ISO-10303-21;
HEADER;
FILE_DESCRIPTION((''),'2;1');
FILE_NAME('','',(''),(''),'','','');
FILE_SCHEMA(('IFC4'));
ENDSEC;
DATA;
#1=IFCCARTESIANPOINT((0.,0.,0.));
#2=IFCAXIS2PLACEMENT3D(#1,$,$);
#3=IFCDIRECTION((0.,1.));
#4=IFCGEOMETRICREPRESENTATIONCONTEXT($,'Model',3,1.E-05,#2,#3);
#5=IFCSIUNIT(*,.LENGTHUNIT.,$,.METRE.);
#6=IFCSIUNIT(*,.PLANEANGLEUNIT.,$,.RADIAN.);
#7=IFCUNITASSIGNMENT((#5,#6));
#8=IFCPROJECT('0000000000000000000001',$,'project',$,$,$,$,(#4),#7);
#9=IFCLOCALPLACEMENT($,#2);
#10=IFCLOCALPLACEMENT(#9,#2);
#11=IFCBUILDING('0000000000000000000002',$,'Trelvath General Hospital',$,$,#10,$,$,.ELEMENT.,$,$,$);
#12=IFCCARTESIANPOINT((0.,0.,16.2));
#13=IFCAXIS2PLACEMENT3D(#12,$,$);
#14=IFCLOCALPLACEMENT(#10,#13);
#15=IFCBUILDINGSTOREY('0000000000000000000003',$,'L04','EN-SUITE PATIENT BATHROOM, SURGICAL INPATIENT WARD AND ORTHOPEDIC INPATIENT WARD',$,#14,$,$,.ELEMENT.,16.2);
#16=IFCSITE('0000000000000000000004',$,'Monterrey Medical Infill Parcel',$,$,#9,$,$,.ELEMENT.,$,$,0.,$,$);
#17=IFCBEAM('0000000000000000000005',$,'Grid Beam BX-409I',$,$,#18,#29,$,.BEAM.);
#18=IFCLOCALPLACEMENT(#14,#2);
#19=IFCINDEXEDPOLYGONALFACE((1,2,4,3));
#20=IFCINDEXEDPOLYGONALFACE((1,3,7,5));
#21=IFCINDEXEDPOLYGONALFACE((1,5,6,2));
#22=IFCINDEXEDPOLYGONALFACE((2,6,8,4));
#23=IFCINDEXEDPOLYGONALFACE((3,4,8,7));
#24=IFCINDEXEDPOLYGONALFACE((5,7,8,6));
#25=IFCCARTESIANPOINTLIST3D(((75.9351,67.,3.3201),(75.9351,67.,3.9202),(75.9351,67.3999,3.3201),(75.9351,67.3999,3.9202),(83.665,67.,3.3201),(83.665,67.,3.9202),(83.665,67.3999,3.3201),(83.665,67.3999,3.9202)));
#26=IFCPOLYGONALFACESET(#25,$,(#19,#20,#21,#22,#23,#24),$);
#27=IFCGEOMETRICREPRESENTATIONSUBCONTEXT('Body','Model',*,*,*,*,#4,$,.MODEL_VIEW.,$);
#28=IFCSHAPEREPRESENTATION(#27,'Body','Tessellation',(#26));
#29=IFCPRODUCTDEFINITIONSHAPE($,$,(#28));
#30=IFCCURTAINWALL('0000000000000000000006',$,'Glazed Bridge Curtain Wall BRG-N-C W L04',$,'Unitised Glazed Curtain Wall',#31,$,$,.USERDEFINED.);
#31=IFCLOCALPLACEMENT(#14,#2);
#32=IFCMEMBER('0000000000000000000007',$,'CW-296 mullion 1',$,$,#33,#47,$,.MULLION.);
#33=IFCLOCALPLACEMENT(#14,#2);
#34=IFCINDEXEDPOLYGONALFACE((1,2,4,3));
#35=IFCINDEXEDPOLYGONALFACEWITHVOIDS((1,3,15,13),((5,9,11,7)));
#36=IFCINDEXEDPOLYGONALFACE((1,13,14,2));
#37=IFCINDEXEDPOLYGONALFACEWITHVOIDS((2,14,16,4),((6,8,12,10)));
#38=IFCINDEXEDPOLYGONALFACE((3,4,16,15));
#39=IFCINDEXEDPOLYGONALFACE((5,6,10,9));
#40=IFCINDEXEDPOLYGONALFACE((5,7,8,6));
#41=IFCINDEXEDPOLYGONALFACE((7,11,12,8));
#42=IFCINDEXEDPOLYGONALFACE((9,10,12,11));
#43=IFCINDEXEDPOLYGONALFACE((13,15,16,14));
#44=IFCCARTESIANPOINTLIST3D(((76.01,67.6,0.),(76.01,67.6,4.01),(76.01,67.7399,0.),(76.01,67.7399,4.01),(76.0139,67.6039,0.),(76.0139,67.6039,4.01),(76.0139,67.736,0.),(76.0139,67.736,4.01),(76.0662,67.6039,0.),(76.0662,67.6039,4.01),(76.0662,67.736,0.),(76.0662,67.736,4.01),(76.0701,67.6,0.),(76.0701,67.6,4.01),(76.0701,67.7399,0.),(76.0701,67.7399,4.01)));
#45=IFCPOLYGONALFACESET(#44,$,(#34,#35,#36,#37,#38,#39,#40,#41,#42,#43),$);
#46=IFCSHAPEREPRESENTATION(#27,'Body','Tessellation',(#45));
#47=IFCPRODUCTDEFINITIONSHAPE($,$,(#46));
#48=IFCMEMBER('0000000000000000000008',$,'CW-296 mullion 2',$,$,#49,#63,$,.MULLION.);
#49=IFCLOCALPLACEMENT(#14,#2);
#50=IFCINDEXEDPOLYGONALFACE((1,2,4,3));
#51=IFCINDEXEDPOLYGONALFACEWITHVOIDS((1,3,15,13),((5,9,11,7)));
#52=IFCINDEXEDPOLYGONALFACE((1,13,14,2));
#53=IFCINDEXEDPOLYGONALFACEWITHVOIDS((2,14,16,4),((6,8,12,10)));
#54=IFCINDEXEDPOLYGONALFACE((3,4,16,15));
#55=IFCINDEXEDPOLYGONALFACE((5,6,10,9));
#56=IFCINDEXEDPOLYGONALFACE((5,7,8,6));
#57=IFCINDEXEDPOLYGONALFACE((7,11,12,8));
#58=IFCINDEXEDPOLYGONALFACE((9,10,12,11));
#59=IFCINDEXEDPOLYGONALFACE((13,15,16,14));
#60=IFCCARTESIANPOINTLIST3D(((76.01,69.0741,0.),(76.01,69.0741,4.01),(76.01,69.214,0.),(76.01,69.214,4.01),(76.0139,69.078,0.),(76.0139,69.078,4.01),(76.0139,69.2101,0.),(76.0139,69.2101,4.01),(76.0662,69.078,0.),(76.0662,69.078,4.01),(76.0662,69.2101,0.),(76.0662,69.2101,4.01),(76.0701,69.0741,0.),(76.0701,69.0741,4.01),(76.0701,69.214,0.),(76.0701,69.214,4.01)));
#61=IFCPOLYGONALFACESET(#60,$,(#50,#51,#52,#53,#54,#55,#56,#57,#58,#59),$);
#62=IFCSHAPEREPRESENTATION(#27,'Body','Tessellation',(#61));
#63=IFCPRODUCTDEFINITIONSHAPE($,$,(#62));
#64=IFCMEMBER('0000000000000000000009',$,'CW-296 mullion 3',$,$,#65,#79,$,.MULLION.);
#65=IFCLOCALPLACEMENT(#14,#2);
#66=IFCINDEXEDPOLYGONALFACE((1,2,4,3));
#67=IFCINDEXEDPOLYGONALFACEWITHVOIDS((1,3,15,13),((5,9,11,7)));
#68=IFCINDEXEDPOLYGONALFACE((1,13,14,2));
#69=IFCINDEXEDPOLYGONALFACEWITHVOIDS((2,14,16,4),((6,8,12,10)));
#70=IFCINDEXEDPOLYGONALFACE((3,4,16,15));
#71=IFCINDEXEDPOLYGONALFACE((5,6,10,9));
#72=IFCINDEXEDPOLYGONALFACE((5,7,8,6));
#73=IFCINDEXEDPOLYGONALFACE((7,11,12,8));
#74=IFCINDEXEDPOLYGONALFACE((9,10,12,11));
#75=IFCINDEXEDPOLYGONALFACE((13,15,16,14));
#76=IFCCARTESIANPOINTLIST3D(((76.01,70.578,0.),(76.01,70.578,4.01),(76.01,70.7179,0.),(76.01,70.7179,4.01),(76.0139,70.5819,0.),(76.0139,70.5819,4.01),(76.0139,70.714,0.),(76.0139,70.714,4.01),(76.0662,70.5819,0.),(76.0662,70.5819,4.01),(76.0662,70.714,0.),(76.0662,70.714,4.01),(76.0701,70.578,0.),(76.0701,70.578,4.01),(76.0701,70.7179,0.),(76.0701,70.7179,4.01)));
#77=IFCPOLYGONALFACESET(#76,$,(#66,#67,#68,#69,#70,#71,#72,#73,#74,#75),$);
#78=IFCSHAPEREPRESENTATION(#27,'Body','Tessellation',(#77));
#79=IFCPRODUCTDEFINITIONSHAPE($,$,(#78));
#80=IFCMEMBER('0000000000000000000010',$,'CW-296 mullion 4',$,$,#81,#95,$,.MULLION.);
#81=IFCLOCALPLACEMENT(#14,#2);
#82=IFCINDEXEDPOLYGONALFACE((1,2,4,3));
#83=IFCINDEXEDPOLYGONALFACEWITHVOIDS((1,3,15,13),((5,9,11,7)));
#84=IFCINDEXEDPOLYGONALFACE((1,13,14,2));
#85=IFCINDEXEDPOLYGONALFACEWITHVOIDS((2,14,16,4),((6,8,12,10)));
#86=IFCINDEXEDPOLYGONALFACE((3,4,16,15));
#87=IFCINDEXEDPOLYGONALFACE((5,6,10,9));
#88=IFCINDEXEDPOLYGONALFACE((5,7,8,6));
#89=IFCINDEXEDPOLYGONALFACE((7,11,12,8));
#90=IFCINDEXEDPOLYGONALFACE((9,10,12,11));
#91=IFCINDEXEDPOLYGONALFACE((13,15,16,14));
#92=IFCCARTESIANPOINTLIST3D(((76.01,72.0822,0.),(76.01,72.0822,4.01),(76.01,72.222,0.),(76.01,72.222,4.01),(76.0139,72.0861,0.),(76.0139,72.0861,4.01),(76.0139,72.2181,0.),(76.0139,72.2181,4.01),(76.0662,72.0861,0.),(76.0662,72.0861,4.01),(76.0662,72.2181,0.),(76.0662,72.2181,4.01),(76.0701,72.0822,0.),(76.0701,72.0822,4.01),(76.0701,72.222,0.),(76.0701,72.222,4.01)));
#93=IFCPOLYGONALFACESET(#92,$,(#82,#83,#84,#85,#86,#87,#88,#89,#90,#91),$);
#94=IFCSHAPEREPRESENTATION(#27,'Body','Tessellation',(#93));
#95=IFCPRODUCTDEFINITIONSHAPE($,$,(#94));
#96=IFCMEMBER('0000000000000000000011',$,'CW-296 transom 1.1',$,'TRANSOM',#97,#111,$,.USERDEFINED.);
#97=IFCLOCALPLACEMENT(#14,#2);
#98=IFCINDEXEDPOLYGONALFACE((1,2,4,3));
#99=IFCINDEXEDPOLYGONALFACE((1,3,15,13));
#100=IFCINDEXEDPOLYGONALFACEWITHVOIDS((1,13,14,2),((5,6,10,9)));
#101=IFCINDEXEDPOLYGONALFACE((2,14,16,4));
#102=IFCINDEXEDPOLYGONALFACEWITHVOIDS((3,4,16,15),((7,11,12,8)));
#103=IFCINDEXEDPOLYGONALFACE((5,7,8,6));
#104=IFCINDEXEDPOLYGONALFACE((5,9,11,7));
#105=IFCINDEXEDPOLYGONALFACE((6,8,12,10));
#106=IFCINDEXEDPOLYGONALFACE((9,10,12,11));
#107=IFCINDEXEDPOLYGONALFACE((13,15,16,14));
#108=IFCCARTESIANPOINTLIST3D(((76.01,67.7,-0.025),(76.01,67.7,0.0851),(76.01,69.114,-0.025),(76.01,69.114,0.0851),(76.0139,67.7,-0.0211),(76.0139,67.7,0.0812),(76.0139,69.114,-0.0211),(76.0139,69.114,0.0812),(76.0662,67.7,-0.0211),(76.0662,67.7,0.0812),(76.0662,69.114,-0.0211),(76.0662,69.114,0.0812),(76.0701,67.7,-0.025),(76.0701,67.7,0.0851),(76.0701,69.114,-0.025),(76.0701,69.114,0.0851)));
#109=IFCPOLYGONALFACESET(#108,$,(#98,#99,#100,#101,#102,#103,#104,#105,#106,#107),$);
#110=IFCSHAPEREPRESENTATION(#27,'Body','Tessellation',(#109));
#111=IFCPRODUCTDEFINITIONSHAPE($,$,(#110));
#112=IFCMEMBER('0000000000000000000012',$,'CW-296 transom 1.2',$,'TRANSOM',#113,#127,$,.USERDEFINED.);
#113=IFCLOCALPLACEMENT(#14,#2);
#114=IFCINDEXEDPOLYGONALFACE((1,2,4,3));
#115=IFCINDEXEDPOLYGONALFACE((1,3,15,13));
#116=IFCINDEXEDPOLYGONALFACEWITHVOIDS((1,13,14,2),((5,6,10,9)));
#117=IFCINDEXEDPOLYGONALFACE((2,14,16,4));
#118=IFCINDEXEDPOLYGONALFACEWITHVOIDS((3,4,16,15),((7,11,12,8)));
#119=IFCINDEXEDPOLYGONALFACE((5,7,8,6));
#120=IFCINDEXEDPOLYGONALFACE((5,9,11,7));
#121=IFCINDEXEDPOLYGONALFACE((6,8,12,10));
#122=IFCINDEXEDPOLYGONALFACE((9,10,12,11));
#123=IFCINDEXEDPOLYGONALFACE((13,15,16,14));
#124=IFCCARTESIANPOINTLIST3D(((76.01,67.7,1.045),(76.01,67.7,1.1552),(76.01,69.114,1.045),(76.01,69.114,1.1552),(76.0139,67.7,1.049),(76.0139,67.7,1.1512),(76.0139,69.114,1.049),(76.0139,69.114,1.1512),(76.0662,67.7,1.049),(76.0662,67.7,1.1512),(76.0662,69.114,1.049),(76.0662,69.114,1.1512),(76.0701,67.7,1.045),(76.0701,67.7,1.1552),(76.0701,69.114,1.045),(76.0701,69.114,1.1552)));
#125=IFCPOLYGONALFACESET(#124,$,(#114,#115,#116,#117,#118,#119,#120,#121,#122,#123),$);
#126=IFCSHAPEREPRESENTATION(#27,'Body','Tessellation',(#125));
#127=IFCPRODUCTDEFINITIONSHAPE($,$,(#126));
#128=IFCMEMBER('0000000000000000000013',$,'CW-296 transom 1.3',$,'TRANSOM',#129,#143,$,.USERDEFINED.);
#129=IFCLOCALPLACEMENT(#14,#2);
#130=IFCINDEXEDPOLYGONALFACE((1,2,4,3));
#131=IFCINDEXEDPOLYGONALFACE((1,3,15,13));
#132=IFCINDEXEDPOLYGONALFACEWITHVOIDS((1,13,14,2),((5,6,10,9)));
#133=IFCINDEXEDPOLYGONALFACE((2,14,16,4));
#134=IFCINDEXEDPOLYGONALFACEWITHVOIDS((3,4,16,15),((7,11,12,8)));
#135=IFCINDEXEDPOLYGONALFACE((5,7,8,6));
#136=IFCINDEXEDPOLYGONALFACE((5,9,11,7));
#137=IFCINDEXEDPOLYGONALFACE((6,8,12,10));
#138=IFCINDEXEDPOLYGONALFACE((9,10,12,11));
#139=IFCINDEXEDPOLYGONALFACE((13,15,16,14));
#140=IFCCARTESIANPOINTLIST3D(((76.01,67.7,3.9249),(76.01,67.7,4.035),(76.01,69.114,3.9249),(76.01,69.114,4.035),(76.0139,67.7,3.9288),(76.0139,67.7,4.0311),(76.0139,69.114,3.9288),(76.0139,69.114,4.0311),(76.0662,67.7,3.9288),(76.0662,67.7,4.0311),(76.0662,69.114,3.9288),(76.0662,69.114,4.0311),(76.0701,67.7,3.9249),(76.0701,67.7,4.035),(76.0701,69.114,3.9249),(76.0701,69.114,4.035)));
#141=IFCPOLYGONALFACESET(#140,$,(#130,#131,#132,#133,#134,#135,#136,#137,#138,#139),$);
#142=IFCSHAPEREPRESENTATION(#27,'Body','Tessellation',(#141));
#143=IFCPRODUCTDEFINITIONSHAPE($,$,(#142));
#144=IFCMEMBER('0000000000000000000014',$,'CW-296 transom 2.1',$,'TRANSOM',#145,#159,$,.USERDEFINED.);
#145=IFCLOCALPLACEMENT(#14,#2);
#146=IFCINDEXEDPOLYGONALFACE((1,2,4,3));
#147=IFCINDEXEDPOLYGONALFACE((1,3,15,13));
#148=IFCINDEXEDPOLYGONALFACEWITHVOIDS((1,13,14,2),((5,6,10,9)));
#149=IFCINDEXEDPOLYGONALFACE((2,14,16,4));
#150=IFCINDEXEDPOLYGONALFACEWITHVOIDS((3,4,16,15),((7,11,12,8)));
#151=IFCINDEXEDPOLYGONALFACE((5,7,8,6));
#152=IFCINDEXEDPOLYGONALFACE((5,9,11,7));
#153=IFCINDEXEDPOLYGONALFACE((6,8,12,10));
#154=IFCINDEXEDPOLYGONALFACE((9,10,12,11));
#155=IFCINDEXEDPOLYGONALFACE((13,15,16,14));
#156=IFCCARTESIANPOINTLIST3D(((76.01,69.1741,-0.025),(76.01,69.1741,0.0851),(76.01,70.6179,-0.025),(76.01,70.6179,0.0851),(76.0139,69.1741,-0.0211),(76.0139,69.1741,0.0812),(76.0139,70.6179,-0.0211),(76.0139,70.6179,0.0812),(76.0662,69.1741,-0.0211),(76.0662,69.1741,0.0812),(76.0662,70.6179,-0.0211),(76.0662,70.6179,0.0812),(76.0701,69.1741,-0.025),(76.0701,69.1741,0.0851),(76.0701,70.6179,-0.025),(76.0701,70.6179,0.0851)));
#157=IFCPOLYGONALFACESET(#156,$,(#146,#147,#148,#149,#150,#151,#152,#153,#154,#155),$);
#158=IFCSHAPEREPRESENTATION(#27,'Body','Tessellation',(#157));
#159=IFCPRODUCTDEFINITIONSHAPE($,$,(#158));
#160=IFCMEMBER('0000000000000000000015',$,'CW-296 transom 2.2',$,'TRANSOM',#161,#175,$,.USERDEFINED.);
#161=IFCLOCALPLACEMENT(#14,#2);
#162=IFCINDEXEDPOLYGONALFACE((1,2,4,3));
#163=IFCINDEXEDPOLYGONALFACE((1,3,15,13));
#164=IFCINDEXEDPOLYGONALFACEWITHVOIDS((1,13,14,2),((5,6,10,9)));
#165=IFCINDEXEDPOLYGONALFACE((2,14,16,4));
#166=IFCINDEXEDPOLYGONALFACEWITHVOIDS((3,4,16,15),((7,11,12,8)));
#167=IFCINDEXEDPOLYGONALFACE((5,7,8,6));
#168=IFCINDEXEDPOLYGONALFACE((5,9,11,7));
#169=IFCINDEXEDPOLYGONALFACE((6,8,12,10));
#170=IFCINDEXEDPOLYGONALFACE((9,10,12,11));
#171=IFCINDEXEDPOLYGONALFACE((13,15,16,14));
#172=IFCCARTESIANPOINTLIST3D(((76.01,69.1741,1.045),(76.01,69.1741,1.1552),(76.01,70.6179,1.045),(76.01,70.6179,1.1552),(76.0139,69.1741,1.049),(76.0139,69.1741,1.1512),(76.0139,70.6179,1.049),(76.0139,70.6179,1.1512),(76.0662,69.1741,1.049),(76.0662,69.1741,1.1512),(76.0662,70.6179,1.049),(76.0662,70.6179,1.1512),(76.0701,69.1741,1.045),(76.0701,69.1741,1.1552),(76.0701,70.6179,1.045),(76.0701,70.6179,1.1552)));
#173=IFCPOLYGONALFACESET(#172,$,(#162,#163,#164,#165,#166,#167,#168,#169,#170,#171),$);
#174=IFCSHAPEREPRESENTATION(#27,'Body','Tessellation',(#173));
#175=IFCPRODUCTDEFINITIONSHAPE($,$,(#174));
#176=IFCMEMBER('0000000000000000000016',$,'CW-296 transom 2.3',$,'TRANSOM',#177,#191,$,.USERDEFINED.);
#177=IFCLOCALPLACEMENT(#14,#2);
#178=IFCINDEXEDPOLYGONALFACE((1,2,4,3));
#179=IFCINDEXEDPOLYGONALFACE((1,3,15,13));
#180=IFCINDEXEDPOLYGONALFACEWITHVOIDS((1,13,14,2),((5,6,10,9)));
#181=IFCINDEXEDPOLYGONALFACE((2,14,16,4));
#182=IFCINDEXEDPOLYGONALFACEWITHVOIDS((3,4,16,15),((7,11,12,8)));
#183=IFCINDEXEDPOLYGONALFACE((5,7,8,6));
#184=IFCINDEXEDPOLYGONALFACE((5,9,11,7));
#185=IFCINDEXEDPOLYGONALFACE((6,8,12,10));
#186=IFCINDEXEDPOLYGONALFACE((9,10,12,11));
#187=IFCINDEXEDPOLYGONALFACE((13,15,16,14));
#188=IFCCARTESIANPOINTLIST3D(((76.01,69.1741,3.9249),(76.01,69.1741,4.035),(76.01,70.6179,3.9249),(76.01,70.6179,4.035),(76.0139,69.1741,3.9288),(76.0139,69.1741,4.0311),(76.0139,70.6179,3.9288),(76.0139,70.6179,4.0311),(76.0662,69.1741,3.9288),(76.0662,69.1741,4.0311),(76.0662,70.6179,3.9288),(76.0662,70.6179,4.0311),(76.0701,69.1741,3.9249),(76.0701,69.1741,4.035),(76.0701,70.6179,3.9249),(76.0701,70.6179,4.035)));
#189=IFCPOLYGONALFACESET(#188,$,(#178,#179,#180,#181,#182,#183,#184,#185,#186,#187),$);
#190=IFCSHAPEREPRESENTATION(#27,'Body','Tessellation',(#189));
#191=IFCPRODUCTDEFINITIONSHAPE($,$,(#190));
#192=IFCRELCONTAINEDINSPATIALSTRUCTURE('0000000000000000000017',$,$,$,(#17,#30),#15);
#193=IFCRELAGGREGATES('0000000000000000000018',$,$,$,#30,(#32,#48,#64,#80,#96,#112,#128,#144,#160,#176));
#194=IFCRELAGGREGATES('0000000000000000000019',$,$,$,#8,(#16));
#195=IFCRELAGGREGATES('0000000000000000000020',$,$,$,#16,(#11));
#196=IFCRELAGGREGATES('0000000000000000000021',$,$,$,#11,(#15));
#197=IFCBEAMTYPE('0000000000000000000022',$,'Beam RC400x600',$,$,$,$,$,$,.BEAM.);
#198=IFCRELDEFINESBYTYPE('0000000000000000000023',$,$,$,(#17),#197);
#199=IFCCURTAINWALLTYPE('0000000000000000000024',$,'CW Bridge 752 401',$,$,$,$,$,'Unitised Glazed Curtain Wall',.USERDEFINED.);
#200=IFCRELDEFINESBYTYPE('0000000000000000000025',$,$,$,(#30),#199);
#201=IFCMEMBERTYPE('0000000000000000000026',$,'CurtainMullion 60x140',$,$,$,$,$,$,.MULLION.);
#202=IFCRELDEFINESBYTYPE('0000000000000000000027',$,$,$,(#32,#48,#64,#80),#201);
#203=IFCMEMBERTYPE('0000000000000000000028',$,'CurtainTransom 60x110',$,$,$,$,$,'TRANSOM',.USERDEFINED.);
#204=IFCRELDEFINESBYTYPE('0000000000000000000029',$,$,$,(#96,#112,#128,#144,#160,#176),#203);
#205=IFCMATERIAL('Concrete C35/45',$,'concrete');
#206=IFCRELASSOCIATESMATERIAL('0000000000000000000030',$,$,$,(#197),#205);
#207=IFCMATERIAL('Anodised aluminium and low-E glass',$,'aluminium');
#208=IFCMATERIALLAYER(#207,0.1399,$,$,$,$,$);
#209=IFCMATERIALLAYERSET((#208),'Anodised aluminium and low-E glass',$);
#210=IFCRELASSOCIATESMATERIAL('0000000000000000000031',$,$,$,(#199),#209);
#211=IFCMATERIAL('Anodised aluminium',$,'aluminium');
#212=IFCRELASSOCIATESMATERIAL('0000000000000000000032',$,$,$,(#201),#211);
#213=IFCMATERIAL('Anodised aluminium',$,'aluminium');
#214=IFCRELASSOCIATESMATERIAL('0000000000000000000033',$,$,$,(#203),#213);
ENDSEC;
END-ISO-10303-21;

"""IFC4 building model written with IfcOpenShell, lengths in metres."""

from ifc_helpers import new_model, si_unit, direction, frame, origin, origin_2d, place, context, subcontext, project, spatial, rectangle, hollow_rectangle, extrude, material, layer, layer_set, material_profile, profile_set, type_object, element, aggregate, save


model = new_model("IFC4")

# Units and contexts
model_context = context("Model", 3, precision=1e-05, world=origin(), true_north=direction((0.0, 1.0)))
body_context = subcontext(model_context, "Body", "Model", "MODEL_VIEW")
ifc_project = project(units=[si_unit("LENGTHUNIT", "METRE"), si_unit("PLANEANGLEUNIT", "RADIAN")], contexts=[model_context])

# Site, building, storey
site_placement = place(None, origin())
site = spatial("IfcSite", under=ifc_project, at=site_placement, Name="Monterrey Medical Infill Parcel", CompositionType="ELEMENT", RefElevation=0.0)
building_placement = place(site_placement, origin())
building = spatial("IfcBuilding", under=site, at=building_placement, Name="Trelvath General Hospital", CompositionType="ELEMENT")
storey_placement = place(building_placement, frame((0.0, 0.0, 16.2)))
storey = spatial("IfcBuildingStorey", under=building, at=storey_placement, Name="L04", Description="EN-SUITE PATIENT BATHROOM, SURGICAL INPATIENT WARD AND ORTHOPEDIC INPATIENT WARD", CompositionType="ELEMENT", Elevation=16.2)

# Beam
ifc_material_1 = material(Name="Concrete C35/45", Category="concrete")
ifc_material_profile_1 = material_profile(ifc_material_1, rectangle(XDim=0.3999, YDim=0.6001, at=origin_2d()), Name="RCB400x600")
ifc_profile_set_1 = profile_set([ifc_material_profile_1], Name="Concrete C35/45")
beam_type = type_object("IfcBeamType", Name="Beam RC400x600", PredefinedType="BEAM", material=ifc_profile_set_1)
beam_placement = place(storey_placement, frame((75.9351, 67.2, 3.6201), z_axis=(1.0, 0.0, 0.0), x_axis=(0.0, 1.0, 0.0)))
element("IfcBeam", 1, at=beam_placement, inside=storey, type_object=beam_type, Name="Grid Beam BX-409I", PredefinedType="BEAM", context=body_context, shape_type="SweptSolid", body=[
    extrude(rectangle(XDim=0.3999, YDim=0.6001, at=origin_2d()), origin(), (0.0, 0.0, 1.0), 7.73),
])

# Curtain wall, members
ifc_material_2 = material(Name="Anodised aluminium and low-E glass", Category="aluminium")
ifc_layer_1 = layer(ifc_material_2, 0.1399)
ifc_layer_set_1 = layer_set([ifc_layer_1], Name="Anodised aluminium and low-E glass")
curtain_wall_type = type_object("IfcCurtainWallType", Name="CW Bridge 752 401", ElementType="Unitised Glazed Curtain Wall", PredefinedType="USERDEFINED", material=ifc_layer_set_1)
curtain_wall_placement = place(storey_placement, origin())
curtain_wall = element("IfcCurtainWall", 2, at=curtain_wall_placement, inside=storey, type_object=curtain_wall_type, Name="Glazed Bridge Curtain Wall BRG-N-C W L04", ObjectType="Unitised Glazed Curtain Wall", PredefinedType="USERDEFINED")
ifc_material_3 = material(Name="Anodised aluminium", Category="aluminium")
ifc_material_profile_2 = material_profile(ifc_material_3, hollow_rectangle(XDim=0.0601, YDim=0.1399, WallThickness=0.0039, at=origin_2d()), Name="RHS60x140x4")
ifc_profile_set_2 = profile_set([ifc_material_profile_2], Name="Anodised aluminium")
member_type_1 = type_object("IfcMemberType", Name="CurtainMullion 60x140", PredefinedType="MULLION", material=ifc_profile_set_2)
member_1_placement = place(storey_placement, frame((76.04, 67.6699, 0.0), z_axis=(0.0, 0.0, 1.0), x_axis=(-1.0, 0.0, 0.0)))
member_1 = element("IfcMember", 3, at=member_1_placement, type_object=member_type_1, Name="CW-296 mullion 1", PredefinedType="MULLION", context=body_context, shape_type="SweptSolid", body=[
    extrude(hollow_rectangle(XDim=0.0601, YDim=0.1399, WallThickness=0.0039, at=origin_2d()), origin(), (0.0, 0.0, 1.0), 4.01),
])
member_2_placement = place(storey_placement, frame((76.04, 69.144, 0.0), z_axis=(0.0, 0.0, 1.0), x_axis=(-1.0, 0.0, 0.0)))
member_2 = element("IfcMember", 4, at=member_2_placement, type_object=member_type_1, Name="CW-296 mullion 2", PredefinedType="MULLION", context=body_context, shape_type="SweptSolid", body=[
    extrude(hollow_rectangle(XDim=0.0601, YDim=0.1399, WallThickness=0.0039, at=origin_2d()), origin(), (0.0, 0.0, 1.0), 4.01),
])
member_3_placement = place(storey_placement, frame((76.04, 70.6479, 0.0), z_axis=(0.0, 0.0, 1.0), x_axis=(-1.0, 0.0, 0.0)))
member_3 = element("IfcMember", 5, at=member_3_placement, type_object=member_type_1, Name="CW-296 mullion 3", PredefinedType="MULLION", context=body_context, shape_type="SweptSolid", body=[
    extrude(hollow_rectangle(XDim=0.0601, YDim=0.1399, WallThickness=0.0039, at=origin_2d()), origin(), (0.0, 0.0, 1.0), 4.01),
])
member_4_placement = place(storey_placement, frame((76.04, 72.1521, 0.0), z_axis=(0.0, 0.0, 1.0), x_axis=(-1.0, 0.0, 0.0)))
member_4 = element("IfcMember", 6, at=member_4_placement, type_object=member_type_1, Name="CW-296 mullion 4", PredefinedType="MULLION", context=body_context, shape_type="SweptSolid", body=[
    extrude(hollow_rectangle(XDim=0.0601, YDim=0.1399, WallThickness=0.0039, at=origin_2d()), origin(), (0.0, 0.0, 1.0), 4.01),
])
ifc_material_4 = material(Name="Anodised aluminium", Category="aluminium")
ifc_material_profile_3 = material_profile(ifc_material_4, hollow_rectangle(XDim=0.0601, YDim=0.1101, WallThickness=0.0039, at=origin_2d()), Name="RHS60x110x4")
ifc_profile_set_3 = profile_set([ifc_material_profile_3], Name="Anodised aluminium")
member_type_2 = type_object("IfcMemberType", Name="CurtainTransom 60x110", ElementType="TRANSOM", PredefinedType="USERDEFINED", material=ifc_profile_set_3)
member_5_placement = place(storey_placement, frame((76.04, 67.7, 0.03), z_axis=(0.0, 1.0, 0.0), x_axis=(-1.0, 0.0, 0.0)))
member_5 = element("IfcMember", 7, at=member_5_placement, type_object=member_type_2, Name="CW-296 transom 1.1", ObjectType="TRANSOM", PredefinedType="USERDEFINED", context=body_context, shape_type="SweptSolid", body=[
    extrude(hollow_rectangle(XDim=0.0601, YDim=0.1101, WallThickness=0.0039, at=origin_2d()), origin(), (0.0, 0.0, 1.0), 1.4141),
])
member_6_placement = place(storey_placement, frame((76.04, 67.7, 1.1001), z_axis=(0.0, 1.0, 0.0), x_axis=(-1.0, 0.0, 0.0)))
member_6 = element("IfcMember", 8, at=member_6_placement, type_object=member_type_2, Name="CW-296 transom 1.2", ObjectType="TRANSOM", PredefinedType="USERDEFINED", context=body_context, shape_type="SweptSolid", body=[
    extrude(hollow_rectangle(XDim=0.0601, YDim=0.1101, WallThickness=0.0039, at=origin_2d()), origin(), (0.0, 0.0, 1.0), 1.4141),
])
member_7_placement = place(storey_placement, frame((76.04, 67.7, 3.98), z_axis=(0.0, 1.0, 0.0), x_axis=(-1.0, 0.0, 0.0)))
member_7 = element("IfcMember", 9, at=member_7_placement, type_object=member_type_2, Name="CW-296 transom 1.3", ObjectType="TRANSOM", PredefinedType="USERDEFINED", context=body_context, shape_type="SweptSolid", body=[
    extrude(hollow_rectangle(XDim=0.0601, YDim=0.1101, WallThickness=0.0039, at=origin_2d()), origin(), (0.0, 0.0, 1.0), 1.4141),
])
member_8_placement = place(storey_placement, frame((76.04, 69.1741, 0.03), z_axis=(0.0, 1.0, 0.0), x_axis=(-1.0, 0.0, 0.0)))
member_8 = element("IfcMember", 10, at=member_8_placement, type_object=member_type_2, Name="CW-296 transom 2.1", ObjectType="TRANSOM", PredefinedType="USERDEFINED", context=body_context, shape_type="SweptSolid", body=[
    extrude(hollow_rectangle(XDim=0.0601, YDim=0.1101, WallThickness=0.0039, at=origin_2d()), origin(), (0.0, 0.0, 1.0), 1.4438),
])
member_9_placement = place(storey_placement, frame((76.04, 69.1741, 1.1001), z_axis=(0.0, 1.0, 0.0), x_axis=(-1.0, 0.0, 0.0)))
member_9 = element("IfcMember", 11, at=member_9_placement, type_object=member_type_2, Name="CW-296 transom 2.2", ObjectType="TRANSOM", PredefinedType="USERDEFINED", context=body_context, shape_type="SweptSolid", body=[
    extrude(hollow_rectangle(XDim=0.0601, YDim=0.1101, WallThickness=0.0039, at=origin_2d()), origin(), (0.0, 0.0, 1.0), 1.4438),
])
member_10_placement = place(storey_placement, frame((76.04, 69.1741, 3.98), z_axis=(0.0, 1.0, 0.0), x_axis=(-1.0, 0.0, 0.0)))
member_10 = element("IfcMember", 12, at=member_10_placement, type_object=member_type_2, Name="CW-296 transom 2.3", ObjectType="TRANSOM", PredefinedType="USERDEFINED", context=body_context, shape_type="SweptSolid", body=[
    extrude(hollow_rectangle(XDim=0.0601, YDim=0.1101, WallThickness=0.0039, at=origin_2d()), origin(), (0.0, 0.0, 1.0), 1.4438),
])
aggregate(curtain_wall, [member_1, member_2, member_3, member_4, member_5, member_6, member_7, member_8, member_9, member_10])

save(model, "model.ifc")
